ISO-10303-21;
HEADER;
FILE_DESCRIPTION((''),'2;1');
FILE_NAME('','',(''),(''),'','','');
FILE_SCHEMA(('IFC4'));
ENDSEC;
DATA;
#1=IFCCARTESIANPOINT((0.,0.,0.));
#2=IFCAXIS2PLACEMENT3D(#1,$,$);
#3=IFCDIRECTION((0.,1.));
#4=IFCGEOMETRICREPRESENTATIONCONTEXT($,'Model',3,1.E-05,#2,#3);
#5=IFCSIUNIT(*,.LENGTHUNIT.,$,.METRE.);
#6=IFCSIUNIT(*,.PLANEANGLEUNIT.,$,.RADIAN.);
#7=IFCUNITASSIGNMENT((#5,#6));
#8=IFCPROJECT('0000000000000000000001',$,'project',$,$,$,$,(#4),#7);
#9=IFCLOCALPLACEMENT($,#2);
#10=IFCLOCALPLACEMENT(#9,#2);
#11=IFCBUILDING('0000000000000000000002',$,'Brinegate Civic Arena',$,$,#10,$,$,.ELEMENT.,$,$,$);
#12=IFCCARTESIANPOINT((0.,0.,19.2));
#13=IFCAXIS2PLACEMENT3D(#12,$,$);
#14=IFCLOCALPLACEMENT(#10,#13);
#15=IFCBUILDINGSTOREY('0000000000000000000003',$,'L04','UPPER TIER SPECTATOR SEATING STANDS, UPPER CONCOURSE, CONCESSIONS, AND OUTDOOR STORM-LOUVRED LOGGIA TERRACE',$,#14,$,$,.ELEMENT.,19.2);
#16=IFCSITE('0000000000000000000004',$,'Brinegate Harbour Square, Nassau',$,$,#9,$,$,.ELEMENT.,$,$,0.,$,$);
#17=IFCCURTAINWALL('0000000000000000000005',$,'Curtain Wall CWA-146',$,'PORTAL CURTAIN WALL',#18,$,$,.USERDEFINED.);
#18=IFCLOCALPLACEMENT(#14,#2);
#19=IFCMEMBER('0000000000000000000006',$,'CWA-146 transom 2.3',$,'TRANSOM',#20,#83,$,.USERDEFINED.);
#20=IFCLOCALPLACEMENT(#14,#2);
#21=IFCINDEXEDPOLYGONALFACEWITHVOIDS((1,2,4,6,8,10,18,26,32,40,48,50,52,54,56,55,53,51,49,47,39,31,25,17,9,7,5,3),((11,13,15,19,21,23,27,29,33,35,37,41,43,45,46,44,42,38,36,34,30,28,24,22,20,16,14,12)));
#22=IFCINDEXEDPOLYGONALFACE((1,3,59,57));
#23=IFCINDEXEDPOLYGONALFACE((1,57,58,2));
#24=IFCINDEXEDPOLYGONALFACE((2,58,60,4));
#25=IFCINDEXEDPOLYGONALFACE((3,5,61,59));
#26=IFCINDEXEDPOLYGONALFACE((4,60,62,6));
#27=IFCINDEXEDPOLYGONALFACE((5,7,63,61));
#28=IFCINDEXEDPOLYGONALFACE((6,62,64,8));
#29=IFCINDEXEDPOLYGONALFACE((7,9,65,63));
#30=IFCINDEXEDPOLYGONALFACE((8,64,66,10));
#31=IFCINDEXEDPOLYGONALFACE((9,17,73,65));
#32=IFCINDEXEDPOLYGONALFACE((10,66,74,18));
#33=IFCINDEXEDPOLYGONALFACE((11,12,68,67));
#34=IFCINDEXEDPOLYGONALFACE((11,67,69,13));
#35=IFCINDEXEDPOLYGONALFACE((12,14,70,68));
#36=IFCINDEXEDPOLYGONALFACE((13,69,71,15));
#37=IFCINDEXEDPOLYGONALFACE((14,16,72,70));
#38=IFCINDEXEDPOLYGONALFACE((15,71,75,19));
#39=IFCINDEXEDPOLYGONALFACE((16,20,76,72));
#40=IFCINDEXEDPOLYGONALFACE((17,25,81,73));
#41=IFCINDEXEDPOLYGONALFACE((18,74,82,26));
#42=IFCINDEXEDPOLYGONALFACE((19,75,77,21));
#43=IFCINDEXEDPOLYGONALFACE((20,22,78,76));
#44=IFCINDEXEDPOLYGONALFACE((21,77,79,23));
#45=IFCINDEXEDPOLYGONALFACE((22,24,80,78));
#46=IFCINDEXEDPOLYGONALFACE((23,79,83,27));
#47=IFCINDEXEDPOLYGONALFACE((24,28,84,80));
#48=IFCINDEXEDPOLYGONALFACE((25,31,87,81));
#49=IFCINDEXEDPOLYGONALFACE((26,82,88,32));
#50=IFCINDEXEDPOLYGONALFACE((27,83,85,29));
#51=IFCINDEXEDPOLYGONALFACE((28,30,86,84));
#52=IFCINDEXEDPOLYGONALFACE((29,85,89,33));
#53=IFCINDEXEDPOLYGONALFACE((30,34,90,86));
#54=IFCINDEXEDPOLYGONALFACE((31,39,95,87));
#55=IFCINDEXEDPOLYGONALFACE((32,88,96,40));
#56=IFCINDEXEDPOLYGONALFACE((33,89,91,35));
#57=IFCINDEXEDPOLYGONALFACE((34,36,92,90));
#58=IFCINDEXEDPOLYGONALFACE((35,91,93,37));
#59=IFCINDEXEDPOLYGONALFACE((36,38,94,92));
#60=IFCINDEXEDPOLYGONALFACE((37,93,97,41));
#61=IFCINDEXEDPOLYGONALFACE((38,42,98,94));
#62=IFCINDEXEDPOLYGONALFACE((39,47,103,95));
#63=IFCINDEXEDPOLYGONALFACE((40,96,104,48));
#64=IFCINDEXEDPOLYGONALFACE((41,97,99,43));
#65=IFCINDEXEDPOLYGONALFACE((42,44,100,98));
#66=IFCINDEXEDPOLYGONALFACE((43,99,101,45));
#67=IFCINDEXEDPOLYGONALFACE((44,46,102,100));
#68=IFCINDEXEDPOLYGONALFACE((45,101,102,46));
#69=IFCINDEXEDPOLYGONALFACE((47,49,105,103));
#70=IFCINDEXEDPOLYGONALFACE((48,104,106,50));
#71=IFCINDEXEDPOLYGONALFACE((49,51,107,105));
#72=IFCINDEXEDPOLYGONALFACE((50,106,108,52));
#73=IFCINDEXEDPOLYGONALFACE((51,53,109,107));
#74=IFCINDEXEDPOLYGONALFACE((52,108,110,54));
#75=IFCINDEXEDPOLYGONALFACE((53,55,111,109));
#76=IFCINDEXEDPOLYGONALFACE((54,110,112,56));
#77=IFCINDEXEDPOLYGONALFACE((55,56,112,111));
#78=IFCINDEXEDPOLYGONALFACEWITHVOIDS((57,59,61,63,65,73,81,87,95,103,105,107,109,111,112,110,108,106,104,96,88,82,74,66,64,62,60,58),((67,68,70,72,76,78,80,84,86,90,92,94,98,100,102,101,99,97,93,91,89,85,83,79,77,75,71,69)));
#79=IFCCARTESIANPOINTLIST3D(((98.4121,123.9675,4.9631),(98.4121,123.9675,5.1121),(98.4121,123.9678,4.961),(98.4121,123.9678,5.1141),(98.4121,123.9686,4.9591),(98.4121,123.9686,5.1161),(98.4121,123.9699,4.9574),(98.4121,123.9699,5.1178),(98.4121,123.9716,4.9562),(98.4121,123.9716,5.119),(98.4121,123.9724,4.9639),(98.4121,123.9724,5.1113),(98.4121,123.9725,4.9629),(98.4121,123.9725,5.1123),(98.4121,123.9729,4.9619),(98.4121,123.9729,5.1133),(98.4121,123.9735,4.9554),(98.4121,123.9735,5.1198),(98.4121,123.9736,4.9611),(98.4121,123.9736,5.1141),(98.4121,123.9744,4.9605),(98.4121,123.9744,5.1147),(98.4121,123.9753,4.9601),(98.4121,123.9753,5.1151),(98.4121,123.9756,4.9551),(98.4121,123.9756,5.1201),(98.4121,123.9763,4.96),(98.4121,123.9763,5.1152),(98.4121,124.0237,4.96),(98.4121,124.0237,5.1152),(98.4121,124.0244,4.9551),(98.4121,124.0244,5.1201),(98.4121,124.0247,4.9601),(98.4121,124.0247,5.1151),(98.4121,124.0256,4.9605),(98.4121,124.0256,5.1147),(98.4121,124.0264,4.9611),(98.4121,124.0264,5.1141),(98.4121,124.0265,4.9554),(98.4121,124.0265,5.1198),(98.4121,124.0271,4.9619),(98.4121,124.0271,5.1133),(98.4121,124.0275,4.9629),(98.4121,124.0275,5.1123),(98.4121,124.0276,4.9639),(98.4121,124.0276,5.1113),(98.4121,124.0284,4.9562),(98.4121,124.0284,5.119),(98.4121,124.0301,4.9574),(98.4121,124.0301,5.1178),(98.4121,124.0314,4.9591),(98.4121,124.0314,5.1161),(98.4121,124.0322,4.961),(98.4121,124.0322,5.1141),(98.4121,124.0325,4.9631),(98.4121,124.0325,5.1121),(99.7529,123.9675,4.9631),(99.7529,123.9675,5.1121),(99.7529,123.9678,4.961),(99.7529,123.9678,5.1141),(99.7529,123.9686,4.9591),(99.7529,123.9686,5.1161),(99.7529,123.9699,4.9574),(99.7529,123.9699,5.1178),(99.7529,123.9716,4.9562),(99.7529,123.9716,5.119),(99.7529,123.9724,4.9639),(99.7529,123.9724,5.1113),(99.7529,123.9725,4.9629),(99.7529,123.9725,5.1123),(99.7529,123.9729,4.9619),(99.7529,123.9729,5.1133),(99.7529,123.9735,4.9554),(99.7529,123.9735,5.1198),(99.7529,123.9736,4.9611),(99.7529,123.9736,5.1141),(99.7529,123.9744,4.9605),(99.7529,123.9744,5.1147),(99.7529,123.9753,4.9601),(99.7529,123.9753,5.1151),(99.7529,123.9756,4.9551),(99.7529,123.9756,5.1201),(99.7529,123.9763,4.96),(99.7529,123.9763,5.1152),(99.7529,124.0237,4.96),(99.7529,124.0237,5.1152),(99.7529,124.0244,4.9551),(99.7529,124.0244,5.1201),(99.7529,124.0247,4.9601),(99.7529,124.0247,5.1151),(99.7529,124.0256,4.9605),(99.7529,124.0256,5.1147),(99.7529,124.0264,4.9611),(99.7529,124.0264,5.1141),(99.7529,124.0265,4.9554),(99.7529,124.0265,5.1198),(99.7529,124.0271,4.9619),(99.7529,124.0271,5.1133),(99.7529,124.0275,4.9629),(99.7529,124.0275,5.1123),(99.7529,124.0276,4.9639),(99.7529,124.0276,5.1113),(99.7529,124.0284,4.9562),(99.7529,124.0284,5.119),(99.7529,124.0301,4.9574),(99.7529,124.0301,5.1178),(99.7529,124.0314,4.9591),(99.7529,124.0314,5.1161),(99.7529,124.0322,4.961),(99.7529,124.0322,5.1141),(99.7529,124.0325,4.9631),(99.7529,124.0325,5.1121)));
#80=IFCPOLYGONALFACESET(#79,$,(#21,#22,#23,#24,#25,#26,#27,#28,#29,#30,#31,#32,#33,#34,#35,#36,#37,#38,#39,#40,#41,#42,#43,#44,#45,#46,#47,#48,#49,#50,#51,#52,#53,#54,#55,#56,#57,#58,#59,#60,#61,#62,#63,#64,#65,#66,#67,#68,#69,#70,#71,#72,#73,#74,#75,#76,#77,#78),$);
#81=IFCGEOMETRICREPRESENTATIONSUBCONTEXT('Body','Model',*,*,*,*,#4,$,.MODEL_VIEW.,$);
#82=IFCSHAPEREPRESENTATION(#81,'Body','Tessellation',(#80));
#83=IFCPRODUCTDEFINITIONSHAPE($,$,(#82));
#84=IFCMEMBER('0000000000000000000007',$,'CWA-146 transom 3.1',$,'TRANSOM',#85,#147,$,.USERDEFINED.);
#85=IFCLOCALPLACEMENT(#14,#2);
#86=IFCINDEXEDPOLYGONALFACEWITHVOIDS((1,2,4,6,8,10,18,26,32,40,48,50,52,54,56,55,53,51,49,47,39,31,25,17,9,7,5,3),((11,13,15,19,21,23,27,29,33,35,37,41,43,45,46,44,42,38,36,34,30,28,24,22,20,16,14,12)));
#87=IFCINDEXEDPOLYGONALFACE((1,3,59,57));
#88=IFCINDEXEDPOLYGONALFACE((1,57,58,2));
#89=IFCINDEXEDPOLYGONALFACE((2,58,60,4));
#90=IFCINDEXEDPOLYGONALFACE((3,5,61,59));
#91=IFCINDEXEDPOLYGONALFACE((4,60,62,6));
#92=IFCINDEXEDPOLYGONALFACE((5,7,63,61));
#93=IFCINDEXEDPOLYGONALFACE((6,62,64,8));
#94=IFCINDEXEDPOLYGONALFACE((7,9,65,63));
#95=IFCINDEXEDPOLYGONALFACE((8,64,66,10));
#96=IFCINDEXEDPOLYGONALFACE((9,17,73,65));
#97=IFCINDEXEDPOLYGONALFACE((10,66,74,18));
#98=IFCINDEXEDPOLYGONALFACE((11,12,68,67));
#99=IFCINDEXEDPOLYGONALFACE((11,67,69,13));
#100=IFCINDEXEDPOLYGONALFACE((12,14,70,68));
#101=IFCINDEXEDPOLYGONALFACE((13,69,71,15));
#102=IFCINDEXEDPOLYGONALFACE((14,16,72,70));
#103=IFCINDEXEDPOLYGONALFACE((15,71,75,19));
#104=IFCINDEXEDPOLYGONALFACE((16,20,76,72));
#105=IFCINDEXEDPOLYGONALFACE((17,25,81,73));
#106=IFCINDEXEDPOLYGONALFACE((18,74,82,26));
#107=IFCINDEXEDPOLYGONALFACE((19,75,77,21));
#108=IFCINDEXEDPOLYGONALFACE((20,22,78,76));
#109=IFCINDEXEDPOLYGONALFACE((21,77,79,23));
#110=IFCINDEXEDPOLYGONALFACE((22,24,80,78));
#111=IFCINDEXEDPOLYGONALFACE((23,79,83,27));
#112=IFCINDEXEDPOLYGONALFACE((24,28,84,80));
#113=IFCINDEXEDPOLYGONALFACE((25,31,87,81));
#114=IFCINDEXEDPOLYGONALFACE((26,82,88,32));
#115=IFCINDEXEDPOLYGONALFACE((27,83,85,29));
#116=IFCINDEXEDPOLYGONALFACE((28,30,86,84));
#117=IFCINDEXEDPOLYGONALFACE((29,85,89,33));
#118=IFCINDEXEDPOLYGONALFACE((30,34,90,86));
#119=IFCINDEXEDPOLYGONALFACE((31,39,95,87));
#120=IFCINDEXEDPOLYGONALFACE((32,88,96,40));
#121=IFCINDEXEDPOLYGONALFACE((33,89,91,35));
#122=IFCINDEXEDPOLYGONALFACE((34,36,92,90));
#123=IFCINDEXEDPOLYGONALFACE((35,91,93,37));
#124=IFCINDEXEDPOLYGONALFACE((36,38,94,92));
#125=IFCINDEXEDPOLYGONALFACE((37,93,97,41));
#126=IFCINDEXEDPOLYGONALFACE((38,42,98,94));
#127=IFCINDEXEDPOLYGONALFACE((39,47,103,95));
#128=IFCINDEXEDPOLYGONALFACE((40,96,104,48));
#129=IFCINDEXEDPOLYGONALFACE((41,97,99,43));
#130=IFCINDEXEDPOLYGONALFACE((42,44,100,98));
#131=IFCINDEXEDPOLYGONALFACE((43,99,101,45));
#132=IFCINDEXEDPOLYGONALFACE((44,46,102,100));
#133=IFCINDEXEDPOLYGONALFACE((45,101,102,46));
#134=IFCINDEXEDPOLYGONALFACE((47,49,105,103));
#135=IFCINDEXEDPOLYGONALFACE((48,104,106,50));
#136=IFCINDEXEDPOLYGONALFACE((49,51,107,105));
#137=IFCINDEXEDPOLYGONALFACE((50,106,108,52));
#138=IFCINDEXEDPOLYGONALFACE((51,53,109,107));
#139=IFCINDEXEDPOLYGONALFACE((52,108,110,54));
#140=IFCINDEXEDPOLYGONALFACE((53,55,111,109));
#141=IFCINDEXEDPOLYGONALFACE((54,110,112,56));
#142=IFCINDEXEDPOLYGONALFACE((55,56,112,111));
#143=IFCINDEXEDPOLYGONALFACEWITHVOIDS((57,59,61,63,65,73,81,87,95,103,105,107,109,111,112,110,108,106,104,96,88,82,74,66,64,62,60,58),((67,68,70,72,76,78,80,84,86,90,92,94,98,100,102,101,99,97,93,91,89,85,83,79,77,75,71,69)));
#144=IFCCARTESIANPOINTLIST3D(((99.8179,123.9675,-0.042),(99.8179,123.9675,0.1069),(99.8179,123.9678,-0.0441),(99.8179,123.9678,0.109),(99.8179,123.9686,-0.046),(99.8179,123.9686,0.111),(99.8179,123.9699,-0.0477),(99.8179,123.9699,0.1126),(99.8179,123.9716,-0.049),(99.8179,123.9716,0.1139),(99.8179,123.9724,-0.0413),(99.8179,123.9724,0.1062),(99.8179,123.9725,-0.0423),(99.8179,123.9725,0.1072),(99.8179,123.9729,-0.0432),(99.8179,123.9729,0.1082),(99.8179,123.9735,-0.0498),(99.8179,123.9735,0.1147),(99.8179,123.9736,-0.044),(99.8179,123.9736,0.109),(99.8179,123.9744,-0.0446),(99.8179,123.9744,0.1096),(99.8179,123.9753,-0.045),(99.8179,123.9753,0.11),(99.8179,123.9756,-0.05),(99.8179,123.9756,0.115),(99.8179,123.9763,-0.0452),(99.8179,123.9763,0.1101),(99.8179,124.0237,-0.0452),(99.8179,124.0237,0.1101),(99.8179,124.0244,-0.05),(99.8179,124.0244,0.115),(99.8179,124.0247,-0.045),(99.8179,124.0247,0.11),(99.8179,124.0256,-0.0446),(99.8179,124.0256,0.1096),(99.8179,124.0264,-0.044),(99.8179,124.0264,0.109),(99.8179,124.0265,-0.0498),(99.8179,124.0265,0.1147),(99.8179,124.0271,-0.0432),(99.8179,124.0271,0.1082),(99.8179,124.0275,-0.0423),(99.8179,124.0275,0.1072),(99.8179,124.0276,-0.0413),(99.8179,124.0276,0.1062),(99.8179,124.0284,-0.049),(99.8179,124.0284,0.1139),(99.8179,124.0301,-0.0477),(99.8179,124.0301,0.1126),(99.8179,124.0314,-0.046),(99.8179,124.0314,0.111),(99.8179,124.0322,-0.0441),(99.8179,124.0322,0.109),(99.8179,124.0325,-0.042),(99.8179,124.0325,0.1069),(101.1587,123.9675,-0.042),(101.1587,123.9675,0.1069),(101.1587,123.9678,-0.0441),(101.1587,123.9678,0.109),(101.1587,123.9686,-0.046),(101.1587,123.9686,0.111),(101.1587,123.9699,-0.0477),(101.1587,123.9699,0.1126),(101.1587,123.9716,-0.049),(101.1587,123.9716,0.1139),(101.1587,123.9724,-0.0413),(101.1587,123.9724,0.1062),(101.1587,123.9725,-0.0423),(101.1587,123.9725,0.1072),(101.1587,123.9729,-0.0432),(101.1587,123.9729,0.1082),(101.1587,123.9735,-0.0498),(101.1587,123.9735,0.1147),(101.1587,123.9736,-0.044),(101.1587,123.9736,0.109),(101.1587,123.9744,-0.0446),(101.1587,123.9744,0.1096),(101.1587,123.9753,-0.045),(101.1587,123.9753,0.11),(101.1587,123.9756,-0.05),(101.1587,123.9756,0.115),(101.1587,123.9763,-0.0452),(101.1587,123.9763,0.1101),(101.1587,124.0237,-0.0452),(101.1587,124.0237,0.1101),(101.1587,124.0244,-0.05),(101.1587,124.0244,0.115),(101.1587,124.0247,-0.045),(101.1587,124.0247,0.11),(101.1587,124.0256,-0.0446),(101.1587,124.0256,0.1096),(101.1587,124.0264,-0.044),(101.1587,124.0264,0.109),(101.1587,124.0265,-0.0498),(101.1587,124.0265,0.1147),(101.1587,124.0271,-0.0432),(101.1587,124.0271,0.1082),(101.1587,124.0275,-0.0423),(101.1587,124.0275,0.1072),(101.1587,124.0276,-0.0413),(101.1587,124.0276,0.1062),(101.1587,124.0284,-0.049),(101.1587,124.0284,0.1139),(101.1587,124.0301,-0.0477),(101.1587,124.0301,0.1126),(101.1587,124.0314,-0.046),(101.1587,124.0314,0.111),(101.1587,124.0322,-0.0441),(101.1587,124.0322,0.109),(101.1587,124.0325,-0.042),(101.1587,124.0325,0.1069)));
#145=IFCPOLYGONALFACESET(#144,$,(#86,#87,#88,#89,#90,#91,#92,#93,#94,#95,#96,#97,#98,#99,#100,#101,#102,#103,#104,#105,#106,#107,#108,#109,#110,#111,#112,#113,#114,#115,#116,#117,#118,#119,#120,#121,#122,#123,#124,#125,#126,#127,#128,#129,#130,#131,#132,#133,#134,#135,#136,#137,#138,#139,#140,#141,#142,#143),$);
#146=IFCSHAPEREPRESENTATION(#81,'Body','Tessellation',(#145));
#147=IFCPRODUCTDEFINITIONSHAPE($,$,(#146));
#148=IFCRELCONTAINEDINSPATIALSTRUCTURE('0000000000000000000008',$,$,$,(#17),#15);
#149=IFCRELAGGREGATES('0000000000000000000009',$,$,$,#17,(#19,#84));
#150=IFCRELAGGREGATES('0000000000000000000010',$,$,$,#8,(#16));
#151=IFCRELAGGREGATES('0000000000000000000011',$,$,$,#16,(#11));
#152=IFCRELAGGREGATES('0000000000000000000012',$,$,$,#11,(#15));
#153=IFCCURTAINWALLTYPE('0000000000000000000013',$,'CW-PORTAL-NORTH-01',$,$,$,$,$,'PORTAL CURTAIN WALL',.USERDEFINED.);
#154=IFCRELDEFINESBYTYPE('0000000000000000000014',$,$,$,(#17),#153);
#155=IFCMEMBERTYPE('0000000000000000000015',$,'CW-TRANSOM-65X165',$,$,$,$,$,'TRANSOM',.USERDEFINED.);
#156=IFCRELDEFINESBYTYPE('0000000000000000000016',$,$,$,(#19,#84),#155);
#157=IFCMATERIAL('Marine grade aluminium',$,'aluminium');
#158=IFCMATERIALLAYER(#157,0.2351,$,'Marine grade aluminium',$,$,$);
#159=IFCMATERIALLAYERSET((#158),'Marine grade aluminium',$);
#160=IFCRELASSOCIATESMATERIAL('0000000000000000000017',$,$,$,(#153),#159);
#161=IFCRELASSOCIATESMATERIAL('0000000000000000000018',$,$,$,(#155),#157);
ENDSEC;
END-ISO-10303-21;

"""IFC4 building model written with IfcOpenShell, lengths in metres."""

from ifc_helpers import new_model, si_unit, direction, frame, origin, origin_2d, place, context, subcontext, project, spatial, hollow_rectangle, extrude, material, layer, layer_set, material_profile, profile_set, type_object, element, aggregate, save


model = new_model("IFC4")

# Units and contexts
model_context = context("Model", 3, precision=1e-05, world=origin(), true_north=direction((0.0, 1.0)))
body_context = subcontext(model_context, "Body", "Model", "MODEL_VIEW")
ifc_project = project(units=[si_unit("LENGTHUNIT", "METRE"), si_unit("PLANEANGLEUNIT", "RADIAN")], contexts=[model_context])

# Site, building, storey
site_placement = place(None, origin())
site = spatial("IfcSite", under=ifc_project, at=site_placement, Name="Brinegate Harbour Square, Nassau", CompositionType="ELEMENT", RefElevation=0.0)
building_placement = place(site_placement, origin())
building = spatial("IfcBuilding", under=site, at=building_placement, Name="Brinegate Civic Arena", CompositionType="ELEMENT")
storey_placement = place(building_placement, frame((0.0, 0.0, 19.2)))
storey = spatial("IfcBuildingStorey", under=building, at=storey_placement, Name="L04", Description="UPPER TIER SPECTATOR SEATING STANDS, UPPER CONCOURSE, CONCESSIONS, AND OUTDOOR STORM-LOUVRED LOGGIA TERRACE", CompositionType="ELEMENT", Elevation=19.2)

# Curtain wall, members
ifc_material_1 = material(Name="Marine grade aluminium", Category="aluminium")
ifc_layer_1 = layer(ifc_material_1, 0.2351, Name="Marine grade aluminium")
ifc_layer_set_1 = layer_set([ifc_layer_1], Name="Marine grade aluminium")
curtain_wall_type = type_object("IfcCurtainWallType", Name="CW-PORTAL-NORTH-01", ElementType="PORTAL CURTAIN WALL", PredefinedType="USERDEFINED", material=ifc_layer_set_1)
curtain_wall_placement = place(storey_placement, origin())
curtain_wall = element("IfcCurtainWall", 1, at=curtain_wall_placement, inside=storey, type_object=curtain_wall_type, Name="Curtain Wall CWA-146", ObjectType="PORTAL CURTAIN WALL", PredefinedType="USERDEFINED")
ifc_material_profile_1 = material_profile(ifc_material_1, hollow_rectangle(XDim=0.0649, YDim=0.165, WallThickness=0.0049, InnerFilletRadius=0.0039, OuterFilletRadius=0.0081, at=origin_2d()), Name="TRN65X165")
ifc_profile_set_1 = profile_set([ifc_material_profile_1], Name="Marine grade aluminium")
member_type_1 = type_object("IfcMemberType", Name="CW-TRANSOM-65X165", ElementType="TRANSOM", PredefinedType="USERDEFINED", material=ifc_profile_set_1)
member_1_placement = place(storey_placement, frame((98.4121, 124.0, 5.0376), z_axis=(1.0, 0.0, 0.0), x_axis=(0.0, 1.0, 0.0)))
member_1 = element("IfcMember", 2, at=member_1_placement, type_object=member_type_1, Name="CWA-146 transom 2.3", ObjectType="TRANSOM", PredefinedType="USERDEFINED", context=body_context, shape_type="SweptSolid", body=[
    extrude(hollow_rectangle(XDim=0.0649, YDim=0.165, WallThickness=0.0049, InnerFilletRadius=0.0039, OuterFilletRadius=0.0081, at=origin_2d()), origin(), (0.0, 0.0, 1.0), 1.3408),
])
member_2_placement = place(storey_placement, frame((99.8179, 124.0, 0.0325), z_axis=(1.0, 0.0, 0.0), x_axis=(0.0, 1.0, 0.0)))
member_2 = element("IfcMember", 3, at=member_2_placement, type_object=member_type_1, Name="CWA-146 transom 3.1", ObjectType="TRANSOM", PredefinedType="USERDEFINED", context=body_context, shape_type="SweptSolid", body=[
    extrude(hollow_rectangle(XDim=0.0649, YDim=0.165, WallThickness=0.0049, InnerFilletRadius=0.0039, OuterFilletRadius=0.0081, at=origin_2d()), origin(), (0.0, 0.0, 1.0), 1.3408),
])
aggregate(curtain_wall, [member_1, member_2])

save(model, "model.ifc")
